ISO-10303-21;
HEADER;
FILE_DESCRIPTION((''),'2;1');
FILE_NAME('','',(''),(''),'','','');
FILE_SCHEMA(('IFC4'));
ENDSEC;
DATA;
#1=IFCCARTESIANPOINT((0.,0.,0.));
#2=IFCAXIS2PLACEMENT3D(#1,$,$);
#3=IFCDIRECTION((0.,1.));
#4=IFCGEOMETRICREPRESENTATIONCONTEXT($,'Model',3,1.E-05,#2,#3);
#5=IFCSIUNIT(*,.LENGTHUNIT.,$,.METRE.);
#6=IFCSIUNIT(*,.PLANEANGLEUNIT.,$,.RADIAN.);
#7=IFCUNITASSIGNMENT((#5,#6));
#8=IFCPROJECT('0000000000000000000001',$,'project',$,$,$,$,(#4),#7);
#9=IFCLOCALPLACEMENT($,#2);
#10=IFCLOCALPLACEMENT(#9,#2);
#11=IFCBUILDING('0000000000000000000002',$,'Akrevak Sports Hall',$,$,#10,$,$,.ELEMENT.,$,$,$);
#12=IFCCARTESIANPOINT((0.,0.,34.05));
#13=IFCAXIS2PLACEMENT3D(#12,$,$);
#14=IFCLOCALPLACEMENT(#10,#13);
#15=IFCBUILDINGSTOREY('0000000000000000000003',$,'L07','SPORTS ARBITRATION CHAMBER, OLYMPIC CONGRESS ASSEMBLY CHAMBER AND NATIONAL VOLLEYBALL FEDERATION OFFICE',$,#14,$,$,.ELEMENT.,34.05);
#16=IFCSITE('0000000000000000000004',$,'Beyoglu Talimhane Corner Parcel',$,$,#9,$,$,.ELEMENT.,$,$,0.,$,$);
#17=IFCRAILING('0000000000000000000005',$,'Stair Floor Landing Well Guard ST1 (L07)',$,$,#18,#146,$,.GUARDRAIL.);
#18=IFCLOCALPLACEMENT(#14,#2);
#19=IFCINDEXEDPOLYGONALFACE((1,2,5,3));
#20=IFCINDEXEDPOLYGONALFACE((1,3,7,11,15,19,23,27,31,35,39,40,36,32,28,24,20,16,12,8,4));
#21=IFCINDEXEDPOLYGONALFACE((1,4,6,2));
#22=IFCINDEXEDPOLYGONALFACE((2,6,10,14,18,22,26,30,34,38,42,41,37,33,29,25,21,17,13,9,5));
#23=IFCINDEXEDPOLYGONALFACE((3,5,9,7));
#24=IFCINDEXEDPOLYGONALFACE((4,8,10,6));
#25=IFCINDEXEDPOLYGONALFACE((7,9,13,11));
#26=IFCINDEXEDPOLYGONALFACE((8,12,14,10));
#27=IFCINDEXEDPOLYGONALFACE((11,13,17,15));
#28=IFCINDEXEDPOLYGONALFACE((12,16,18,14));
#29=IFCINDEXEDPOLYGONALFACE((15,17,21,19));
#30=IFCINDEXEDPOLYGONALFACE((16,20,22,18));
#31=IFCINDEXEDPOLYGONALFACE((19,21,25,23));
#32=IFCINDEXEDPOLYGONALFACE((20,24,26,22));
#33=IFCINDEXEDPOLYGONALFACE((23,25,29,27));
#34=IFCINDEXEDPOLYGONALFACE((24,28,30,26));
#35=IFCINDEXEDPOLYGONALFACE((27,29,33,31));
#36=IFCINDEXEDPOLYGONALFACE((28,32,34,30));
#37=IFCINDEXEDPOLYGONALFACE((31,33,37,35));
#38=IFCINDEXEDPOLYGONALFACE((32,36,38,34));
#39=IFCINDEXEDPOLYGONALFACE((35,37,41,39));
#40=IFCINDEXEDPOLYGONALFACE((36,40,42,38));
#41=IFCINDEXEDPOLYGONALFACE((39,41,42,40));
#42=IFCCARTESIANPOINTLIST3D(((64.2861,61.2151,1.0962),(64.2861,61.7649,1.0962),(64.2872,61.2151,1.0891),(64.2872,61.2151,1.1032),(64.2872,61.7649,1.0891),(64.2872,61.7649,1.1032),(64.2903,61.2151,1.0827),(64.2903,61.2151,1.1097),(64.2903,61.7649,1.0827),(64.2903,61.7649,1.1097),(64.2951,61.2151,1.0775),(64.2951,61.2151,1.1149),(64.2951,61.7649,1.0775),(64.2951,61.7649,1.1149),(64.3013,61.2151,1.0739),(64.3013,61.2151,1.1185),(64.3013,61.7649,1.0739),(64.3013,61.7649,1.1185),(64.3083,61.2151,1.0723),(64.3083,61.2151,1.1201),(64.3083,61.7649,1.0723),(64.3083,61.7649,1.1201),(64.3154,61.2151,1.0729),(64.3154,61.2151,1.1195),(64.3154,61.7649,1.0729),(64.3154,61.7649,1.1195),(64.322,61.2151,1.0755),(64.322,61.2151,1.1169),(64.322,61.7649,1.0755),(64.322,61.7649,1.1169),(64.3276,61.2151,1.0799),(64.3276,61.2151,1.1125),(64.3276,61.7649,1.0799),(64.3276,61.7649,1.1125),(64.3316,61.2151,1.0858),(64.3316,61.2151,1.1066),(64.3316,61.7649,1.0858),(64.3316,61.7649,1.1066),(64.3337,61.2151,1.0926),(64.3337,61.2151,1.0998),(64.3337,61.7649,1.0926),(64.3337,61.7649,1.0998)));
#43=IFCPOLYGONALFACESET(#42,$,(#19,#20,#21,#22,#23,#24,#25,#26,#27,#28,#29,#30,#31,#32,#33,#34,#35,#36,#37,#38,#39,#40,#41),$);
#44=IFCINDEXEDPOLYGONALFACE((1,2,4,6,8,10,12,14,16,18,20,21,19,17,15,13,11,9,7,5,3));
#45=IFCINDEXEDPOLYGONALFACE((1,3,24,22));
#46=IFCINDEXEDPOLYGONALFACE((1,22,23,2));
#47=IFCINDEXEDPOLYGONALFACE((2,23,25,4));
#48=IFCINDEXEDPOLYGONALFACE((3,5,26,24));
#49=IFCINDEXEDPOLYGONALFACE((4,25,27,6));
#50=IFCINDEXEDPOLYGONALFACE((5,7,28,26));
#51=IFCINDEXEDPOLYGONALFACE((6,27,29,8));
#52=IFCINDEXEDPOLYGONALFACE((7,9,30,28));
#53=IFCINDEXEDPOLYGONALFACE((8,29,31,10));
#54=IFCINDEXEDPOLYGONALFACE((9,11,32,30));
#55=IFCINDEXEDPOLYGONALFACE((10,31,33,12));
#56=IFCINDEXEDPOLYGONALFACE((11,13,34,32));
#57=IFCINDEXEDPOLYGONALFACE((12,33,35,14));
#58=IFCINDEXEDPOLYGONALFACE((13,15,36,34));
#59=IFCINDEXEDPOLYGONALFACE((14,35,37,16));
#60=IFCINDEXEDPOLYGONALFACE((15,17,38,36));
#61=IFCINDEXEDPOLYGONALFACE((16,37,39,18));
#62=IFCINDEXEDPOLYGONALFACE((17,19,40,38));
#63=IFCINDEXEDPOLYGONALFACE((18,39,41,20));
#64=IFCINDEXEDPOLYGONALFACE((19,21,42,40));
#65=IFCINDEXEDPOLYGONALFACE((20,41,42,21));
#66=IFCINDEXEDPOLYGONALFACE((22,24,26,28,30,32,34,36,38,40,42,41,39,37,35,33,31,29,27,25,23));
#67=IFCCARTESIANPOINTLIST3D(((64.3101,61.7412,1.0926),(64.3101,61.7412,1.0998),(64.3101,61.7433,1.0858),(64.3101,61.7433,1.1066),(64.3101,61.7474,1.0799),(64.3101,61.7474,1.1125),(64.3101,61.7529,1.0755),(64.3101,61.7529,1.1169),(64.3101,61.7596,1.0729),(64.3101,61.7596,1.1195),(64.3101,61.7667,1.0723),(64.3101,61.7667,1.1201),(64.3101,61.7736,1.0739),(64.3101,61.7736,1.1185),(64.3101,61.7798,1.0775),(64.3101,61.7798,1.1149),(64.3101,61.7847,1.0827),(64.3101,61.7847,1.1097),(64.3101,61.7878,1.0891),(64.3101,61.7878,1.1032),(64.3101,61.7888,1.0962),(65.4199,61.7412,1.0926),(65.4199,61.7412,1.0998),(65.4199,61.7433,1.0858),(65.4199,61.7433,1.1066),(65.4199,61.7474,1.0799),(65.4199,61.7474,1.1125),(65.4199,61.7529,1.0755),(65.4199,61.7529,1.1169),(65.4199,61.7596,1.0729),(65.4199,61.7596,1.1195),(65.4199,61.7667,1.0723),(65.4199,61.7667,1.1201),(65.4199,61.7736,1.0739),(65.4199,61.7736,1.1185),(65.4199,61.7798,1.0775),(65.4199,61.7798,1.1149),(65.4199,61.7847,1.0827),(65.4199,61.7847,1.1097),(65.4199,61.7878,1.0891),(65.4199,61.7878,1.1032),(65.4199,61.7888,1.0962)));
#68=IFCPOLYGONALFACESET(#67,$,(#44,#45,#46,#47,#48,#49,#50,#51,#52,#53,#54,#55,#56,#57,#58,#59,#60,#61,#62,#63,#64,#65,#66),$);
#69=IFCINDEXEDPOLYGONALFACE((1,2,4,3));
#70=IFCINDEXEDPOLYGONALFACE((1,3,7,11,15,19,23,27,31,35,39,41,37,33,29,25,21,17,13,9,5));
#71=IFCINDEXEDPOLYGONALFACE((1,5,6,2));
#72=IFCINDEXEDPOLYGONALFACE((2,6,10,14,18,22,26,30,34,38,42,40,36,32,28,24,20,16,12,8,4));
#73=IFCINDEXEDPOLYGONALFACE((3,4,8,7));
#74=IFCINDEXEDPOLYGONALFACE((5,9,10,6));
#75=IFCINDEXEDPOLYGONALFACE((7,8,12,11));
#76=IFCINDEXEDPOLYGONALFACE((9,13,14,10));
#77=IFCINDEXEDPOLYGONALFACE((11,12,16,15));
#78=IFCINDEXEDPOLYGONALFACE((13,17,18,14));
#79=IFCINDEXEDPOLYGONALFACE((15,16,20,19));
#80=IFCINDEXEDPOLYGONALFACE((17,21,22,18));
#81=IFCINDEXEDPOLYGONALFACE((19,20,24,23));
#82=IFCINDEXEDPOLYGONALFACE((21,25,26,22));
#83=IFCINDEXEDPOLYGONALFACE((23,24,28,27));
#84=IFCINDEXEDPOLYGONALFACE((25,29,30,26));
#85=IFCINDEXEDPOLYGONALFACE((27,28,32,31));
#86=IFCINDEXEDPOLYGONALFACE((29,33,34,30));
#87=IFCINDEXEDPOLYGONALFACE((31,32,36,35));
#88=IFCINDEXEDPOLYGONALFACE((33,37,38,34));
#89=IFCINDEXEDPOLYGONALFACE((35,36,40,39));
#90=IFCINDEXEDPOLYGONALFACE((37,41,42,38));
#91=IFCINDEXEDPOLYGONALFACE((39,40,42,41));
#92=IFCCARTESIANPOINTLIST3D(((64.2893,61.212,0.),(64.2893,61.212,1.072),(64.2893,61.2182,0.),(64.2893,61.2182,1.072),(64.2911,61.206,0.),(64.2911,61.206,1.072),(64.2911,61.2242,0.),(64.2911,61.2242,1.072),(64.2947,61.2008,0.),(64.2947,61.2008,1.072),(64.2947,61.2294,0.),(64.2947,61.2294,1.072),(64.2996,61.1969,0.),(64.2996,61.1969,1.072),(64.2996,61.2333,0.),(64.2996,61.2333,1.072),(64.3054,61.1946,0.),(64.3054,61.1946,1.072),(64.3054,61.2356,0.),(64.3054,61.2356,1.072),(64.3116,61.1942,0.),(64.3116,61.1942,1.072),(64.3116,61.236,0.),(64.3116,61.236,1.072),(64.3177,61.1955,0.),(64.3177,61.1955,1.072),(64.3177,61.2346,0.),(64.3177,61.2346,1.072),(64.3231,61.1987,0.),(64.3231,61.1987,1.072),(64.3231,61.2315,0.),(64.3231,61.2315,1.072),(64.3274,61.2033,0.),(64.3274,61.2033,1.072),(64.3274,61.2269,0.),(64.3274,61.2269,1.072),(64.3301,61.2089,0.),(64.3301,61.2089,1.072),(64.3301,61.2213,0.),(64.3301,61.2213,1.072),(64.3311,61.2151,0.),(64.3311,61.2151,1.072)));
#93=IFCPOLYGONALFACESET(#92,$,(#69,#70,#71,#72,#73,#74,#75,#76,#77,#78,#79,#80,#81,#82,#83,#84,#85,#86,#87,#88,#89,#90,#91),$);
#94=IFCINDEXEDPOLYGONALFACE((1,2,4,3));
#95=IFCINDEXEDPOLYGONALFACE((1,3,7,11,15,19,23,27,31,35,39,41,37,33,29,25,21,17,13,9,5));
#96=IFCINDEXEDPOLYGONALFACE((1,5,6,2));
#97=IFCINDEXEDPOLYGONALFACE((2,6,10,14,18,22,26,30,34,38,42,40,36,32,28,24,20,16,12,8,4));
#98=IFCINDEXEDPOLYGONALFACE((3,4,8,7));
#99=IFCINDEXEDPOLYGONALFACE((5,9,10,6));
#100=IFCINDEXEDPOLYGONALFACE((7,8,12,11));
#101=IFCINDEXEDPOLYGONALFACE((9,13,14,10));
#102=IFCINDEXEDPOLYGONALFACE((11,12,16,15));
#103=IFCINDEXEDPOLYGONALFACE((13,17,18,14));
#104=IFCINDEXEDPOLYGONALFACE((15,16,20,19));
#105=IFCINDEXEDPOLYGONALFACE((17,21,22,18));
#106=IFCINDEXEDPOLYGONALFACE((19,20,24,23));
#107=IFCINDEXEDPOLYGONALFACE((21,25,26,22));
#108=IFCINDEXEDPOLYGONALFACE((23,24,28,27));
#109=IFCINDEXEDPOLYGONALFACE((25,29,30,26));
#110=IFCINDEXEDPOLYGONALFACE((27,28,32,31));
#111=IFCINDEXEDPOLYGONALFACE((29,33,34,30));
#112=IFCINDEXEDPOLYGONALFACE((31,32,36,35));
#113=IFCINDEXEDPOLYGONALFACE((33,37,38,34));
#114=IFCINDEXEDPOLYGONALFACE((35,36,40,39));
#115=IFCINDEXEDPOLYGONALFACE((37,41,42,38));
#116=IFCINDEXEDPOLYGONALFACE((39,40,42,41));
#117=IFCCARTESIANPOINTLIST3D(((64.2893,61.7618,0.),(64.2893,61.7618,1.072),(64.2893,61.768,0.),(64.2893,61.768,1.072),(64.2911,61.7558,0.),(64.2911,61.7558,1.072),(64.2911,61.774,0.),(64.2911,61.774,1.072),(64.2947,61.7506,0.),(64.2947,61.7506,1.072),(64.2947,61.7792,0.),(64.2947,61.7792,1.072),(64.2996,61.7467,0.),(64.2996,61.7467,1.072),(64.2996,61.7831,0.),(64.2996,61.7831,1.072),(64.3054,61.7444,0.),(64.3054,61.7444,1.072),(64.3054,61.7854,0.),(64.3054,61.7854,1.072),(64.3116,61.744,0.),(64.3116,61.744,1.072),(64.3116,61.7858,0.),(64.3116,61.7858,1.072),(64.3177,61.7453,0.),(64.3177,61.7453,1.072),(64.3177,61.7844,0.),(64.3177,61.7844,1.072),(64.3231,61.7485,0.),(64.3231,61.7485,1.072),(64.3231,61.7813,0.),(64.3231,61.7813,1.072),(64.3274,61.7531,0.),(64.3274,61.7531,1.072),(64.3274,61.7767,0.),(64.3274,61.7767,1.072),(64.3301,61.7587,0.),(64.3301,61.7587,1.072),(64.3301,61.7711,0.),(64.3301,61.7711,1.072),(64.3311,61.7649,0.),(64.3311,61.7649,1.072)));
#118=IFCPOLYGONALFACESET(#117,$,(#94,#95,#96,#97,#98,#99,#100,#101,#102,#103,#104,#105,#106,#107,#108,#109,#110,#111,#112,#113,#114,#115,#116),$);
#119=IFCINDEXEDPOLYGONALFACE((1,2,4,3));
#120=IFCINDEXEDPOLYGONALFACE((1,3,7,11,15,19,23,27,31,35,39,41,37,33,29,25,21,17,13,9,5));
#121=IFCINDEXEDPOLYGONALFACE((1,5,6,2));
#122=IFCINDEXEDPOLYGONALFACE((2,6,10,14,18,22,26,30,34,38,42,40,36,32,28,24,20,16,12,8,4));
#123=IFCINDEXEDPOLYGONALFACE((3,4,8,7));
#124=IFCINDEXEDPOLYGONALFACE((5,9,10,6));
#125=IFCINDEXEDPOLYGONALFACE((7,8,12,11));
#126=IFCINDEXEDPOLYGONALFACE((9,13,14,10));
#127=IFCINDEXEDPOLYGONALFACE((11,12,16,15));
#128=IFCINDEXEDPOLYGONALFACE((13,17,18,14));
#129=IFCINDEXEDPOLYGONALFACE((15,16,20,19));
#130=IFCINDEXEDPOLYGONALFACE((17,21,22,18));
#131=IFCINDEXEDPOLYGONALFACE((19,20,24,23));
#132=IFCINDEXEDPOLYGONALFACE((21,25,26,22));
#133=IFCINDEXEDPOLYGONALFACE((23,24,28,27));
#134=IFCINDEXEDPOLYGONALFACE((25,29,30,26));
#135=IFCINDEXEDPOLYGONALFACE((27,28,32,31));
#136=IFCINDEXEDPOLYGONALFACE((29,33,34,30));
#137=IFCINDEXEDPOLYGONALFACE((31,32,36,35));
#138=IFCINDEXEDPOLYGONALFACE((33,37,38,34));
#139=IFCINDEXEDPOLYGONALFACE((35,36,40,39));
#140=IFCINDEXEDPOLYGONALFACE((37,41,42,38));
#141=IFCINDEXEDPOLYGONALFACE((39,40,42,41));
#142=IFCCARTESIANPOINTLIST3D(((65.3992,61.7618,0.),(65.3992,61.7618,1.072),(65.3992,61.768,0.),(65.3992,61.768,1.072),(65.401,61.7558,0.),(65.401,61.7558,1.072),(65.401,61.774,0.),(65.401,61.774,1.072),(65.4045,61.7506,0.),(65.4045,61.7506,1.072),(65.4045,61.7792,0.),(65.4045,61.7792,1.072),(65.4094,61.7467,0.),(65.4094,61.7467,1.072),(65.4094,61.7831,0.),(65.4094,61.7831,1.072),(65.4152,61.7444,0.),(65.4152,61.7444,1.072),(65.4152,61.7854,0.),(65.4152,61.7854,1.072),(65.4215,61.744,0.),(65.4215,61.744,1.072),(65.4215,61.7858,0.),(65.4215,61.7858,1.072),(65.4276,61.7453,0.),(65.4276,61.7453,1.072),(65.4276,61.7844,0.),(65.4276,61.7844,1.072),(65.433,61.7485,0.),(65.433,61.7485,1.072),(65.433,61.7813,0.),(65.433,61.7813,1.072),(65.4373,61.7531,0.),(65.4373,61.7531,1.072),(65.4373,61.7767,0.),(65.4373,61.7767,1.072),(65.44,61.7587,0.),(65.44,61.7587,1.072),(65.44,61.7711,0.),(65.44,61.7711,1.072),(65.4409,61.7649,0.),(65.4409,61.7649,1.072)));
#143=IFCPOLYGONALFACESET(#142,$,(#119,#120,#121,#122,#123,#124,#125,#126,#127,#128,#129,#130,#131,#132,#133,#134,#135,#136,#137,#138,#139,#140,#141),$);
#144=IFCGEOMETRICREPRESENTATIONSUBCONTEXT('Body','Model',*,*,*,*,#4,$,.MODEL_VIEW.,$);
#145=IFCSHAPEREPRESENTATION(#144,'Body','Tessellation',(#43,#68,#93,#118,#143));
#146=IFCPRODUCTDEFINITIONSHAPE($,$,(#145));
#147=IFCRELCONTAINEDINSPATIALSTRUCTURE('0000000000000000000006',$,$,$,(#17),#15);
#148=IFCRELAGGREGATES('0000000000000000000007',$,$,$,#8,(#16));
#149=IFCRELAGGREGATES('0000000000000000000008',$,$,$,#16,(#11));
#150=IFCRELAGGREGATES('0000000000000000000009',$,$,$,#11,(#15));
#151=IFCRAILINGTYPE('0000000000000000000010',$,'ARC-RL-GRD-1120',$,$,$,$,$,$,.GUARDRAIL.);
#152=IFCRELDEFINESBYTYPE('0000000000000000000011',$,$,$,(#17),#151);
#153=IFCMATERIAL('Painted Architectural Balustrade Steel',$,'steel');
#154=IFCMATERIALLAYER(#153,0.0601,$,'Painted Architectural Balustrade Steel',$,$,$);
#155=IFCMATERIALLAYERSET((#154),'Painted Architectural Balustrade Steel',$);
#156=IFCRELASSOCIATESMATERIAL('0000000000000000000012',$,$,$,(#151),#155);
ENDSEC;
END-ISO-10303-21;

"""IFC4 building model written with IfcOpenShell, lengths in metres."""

from ifc_helpers import new_model, si_unit, direction, frame, origin, origin_2d, place, context, subcontext, project, spatial, circle, extrude, material, layer, layer_set, type_object, element, save


model = new_model("IFC4")

# Units and contexts
model_context = context("Model", 3, precision=1e-05, world=origin(), true_north=direction((0.0, 1.0)))
body_context = subcontext(model_context, "Body", "Model", "MODEL_VIEW")
ifc_project = project(units=[si_unit("LENGTHUNIT", "METRE"), si_unit("PLANEANGLEUNIT", "RADIAN")], contexts=[model_context])

# Site, building, storey
site_placement = place(None, origin())
site = spatial("IfcSite", under=ifc_project, at=site_placement, Name="Beyoglu Talimhane Corner Parcel", CompositionType="ELEMENT", RefElevation=0.0)
building_placement = place(site_placement, origin())
building = spatial("IfcBuilding", under=site, at=building_placement, Name="Akrevak Sports Hall", CompositionType="ELEMENT")
storey_placement = place(building_placement, frame((0.0, 0.0, 34.05)))
storey = spatial("IfcBuildingStorey", under=building, at=storey_placement, Name="L07", Description="SPORTS ARBITRATION CHAMBER, OLYMPIC CONGRESS ASSEMBLY CHAMBER AND NATIONAL VOLLEYBALL FEDERATION OFFICE", CompositionType="ELEMENT", Elevation=34.05)

# Railing
ifc_material_1 = material(Name="Painted Architectural Balustrade Steel", Category="steel")
ifc_layer_1 = layer(ifc_material_1, 0.0601, Name="Painted Architectural Balustrade Steel")
ifc_layer_set_1 = layer_set([ifc_layer_1], Name="Painted Architectural Balustrade Steel")
railing_type_1 = type_object("IfcRailingType", Name="ARC-RL-GRD-1120", PredefinedType="GUARDRAIL", material=ifc_layer_set_1)
railing_1_placement = place(storey_placement, frame((64.3101, 61.2151, 0.0)))
element("IfcRailing", 1, at=railing_1_placement, inside=storey, type_object=railing_type_1, Name="Stair Floor Landing Well Guard ST1 (L07)", PredefinedType="GUARDRAIL", context=body_context, shape_type="SweptSolid", body=[
    extrude(circle(Radius=0.0239, at=origin_2d()), frame((0.0, 0.0, 1.0962), z_axis=(0.0, 1.0, 0.0), x_axis=(-1.0, 0.0, 0.0)), (0.0, 0.0, 1.0), 0.5498),
    extrude(circle(Radius=0.0239, at=origin_2d()), frame((0.0, 0.5498, 1.0962), z_axis=(1.0, 0.0, 0.0), x_axis=(0.0, 1.0, 0.0)), (0.0, 0.0, 1.0), 1.1099),
    extrude(circle(Radius=0.021, at=origin_2d()), origin(), (0.0, 0.0, 1.0), 1.072),
    extrude(circle(Radius=0.021, at=origin_2d()), frame((0.0, 0.5498, 0.0)), (0.0, 0.0, 1.0), 1.072),
    extrude(circle(Radius=0.021, at=origin_2d()), frame((1.1099, 0.5498, 0.0)), (0.0, 0.0, 1.0), 1.072),
])

save(model, "model.ifc")
